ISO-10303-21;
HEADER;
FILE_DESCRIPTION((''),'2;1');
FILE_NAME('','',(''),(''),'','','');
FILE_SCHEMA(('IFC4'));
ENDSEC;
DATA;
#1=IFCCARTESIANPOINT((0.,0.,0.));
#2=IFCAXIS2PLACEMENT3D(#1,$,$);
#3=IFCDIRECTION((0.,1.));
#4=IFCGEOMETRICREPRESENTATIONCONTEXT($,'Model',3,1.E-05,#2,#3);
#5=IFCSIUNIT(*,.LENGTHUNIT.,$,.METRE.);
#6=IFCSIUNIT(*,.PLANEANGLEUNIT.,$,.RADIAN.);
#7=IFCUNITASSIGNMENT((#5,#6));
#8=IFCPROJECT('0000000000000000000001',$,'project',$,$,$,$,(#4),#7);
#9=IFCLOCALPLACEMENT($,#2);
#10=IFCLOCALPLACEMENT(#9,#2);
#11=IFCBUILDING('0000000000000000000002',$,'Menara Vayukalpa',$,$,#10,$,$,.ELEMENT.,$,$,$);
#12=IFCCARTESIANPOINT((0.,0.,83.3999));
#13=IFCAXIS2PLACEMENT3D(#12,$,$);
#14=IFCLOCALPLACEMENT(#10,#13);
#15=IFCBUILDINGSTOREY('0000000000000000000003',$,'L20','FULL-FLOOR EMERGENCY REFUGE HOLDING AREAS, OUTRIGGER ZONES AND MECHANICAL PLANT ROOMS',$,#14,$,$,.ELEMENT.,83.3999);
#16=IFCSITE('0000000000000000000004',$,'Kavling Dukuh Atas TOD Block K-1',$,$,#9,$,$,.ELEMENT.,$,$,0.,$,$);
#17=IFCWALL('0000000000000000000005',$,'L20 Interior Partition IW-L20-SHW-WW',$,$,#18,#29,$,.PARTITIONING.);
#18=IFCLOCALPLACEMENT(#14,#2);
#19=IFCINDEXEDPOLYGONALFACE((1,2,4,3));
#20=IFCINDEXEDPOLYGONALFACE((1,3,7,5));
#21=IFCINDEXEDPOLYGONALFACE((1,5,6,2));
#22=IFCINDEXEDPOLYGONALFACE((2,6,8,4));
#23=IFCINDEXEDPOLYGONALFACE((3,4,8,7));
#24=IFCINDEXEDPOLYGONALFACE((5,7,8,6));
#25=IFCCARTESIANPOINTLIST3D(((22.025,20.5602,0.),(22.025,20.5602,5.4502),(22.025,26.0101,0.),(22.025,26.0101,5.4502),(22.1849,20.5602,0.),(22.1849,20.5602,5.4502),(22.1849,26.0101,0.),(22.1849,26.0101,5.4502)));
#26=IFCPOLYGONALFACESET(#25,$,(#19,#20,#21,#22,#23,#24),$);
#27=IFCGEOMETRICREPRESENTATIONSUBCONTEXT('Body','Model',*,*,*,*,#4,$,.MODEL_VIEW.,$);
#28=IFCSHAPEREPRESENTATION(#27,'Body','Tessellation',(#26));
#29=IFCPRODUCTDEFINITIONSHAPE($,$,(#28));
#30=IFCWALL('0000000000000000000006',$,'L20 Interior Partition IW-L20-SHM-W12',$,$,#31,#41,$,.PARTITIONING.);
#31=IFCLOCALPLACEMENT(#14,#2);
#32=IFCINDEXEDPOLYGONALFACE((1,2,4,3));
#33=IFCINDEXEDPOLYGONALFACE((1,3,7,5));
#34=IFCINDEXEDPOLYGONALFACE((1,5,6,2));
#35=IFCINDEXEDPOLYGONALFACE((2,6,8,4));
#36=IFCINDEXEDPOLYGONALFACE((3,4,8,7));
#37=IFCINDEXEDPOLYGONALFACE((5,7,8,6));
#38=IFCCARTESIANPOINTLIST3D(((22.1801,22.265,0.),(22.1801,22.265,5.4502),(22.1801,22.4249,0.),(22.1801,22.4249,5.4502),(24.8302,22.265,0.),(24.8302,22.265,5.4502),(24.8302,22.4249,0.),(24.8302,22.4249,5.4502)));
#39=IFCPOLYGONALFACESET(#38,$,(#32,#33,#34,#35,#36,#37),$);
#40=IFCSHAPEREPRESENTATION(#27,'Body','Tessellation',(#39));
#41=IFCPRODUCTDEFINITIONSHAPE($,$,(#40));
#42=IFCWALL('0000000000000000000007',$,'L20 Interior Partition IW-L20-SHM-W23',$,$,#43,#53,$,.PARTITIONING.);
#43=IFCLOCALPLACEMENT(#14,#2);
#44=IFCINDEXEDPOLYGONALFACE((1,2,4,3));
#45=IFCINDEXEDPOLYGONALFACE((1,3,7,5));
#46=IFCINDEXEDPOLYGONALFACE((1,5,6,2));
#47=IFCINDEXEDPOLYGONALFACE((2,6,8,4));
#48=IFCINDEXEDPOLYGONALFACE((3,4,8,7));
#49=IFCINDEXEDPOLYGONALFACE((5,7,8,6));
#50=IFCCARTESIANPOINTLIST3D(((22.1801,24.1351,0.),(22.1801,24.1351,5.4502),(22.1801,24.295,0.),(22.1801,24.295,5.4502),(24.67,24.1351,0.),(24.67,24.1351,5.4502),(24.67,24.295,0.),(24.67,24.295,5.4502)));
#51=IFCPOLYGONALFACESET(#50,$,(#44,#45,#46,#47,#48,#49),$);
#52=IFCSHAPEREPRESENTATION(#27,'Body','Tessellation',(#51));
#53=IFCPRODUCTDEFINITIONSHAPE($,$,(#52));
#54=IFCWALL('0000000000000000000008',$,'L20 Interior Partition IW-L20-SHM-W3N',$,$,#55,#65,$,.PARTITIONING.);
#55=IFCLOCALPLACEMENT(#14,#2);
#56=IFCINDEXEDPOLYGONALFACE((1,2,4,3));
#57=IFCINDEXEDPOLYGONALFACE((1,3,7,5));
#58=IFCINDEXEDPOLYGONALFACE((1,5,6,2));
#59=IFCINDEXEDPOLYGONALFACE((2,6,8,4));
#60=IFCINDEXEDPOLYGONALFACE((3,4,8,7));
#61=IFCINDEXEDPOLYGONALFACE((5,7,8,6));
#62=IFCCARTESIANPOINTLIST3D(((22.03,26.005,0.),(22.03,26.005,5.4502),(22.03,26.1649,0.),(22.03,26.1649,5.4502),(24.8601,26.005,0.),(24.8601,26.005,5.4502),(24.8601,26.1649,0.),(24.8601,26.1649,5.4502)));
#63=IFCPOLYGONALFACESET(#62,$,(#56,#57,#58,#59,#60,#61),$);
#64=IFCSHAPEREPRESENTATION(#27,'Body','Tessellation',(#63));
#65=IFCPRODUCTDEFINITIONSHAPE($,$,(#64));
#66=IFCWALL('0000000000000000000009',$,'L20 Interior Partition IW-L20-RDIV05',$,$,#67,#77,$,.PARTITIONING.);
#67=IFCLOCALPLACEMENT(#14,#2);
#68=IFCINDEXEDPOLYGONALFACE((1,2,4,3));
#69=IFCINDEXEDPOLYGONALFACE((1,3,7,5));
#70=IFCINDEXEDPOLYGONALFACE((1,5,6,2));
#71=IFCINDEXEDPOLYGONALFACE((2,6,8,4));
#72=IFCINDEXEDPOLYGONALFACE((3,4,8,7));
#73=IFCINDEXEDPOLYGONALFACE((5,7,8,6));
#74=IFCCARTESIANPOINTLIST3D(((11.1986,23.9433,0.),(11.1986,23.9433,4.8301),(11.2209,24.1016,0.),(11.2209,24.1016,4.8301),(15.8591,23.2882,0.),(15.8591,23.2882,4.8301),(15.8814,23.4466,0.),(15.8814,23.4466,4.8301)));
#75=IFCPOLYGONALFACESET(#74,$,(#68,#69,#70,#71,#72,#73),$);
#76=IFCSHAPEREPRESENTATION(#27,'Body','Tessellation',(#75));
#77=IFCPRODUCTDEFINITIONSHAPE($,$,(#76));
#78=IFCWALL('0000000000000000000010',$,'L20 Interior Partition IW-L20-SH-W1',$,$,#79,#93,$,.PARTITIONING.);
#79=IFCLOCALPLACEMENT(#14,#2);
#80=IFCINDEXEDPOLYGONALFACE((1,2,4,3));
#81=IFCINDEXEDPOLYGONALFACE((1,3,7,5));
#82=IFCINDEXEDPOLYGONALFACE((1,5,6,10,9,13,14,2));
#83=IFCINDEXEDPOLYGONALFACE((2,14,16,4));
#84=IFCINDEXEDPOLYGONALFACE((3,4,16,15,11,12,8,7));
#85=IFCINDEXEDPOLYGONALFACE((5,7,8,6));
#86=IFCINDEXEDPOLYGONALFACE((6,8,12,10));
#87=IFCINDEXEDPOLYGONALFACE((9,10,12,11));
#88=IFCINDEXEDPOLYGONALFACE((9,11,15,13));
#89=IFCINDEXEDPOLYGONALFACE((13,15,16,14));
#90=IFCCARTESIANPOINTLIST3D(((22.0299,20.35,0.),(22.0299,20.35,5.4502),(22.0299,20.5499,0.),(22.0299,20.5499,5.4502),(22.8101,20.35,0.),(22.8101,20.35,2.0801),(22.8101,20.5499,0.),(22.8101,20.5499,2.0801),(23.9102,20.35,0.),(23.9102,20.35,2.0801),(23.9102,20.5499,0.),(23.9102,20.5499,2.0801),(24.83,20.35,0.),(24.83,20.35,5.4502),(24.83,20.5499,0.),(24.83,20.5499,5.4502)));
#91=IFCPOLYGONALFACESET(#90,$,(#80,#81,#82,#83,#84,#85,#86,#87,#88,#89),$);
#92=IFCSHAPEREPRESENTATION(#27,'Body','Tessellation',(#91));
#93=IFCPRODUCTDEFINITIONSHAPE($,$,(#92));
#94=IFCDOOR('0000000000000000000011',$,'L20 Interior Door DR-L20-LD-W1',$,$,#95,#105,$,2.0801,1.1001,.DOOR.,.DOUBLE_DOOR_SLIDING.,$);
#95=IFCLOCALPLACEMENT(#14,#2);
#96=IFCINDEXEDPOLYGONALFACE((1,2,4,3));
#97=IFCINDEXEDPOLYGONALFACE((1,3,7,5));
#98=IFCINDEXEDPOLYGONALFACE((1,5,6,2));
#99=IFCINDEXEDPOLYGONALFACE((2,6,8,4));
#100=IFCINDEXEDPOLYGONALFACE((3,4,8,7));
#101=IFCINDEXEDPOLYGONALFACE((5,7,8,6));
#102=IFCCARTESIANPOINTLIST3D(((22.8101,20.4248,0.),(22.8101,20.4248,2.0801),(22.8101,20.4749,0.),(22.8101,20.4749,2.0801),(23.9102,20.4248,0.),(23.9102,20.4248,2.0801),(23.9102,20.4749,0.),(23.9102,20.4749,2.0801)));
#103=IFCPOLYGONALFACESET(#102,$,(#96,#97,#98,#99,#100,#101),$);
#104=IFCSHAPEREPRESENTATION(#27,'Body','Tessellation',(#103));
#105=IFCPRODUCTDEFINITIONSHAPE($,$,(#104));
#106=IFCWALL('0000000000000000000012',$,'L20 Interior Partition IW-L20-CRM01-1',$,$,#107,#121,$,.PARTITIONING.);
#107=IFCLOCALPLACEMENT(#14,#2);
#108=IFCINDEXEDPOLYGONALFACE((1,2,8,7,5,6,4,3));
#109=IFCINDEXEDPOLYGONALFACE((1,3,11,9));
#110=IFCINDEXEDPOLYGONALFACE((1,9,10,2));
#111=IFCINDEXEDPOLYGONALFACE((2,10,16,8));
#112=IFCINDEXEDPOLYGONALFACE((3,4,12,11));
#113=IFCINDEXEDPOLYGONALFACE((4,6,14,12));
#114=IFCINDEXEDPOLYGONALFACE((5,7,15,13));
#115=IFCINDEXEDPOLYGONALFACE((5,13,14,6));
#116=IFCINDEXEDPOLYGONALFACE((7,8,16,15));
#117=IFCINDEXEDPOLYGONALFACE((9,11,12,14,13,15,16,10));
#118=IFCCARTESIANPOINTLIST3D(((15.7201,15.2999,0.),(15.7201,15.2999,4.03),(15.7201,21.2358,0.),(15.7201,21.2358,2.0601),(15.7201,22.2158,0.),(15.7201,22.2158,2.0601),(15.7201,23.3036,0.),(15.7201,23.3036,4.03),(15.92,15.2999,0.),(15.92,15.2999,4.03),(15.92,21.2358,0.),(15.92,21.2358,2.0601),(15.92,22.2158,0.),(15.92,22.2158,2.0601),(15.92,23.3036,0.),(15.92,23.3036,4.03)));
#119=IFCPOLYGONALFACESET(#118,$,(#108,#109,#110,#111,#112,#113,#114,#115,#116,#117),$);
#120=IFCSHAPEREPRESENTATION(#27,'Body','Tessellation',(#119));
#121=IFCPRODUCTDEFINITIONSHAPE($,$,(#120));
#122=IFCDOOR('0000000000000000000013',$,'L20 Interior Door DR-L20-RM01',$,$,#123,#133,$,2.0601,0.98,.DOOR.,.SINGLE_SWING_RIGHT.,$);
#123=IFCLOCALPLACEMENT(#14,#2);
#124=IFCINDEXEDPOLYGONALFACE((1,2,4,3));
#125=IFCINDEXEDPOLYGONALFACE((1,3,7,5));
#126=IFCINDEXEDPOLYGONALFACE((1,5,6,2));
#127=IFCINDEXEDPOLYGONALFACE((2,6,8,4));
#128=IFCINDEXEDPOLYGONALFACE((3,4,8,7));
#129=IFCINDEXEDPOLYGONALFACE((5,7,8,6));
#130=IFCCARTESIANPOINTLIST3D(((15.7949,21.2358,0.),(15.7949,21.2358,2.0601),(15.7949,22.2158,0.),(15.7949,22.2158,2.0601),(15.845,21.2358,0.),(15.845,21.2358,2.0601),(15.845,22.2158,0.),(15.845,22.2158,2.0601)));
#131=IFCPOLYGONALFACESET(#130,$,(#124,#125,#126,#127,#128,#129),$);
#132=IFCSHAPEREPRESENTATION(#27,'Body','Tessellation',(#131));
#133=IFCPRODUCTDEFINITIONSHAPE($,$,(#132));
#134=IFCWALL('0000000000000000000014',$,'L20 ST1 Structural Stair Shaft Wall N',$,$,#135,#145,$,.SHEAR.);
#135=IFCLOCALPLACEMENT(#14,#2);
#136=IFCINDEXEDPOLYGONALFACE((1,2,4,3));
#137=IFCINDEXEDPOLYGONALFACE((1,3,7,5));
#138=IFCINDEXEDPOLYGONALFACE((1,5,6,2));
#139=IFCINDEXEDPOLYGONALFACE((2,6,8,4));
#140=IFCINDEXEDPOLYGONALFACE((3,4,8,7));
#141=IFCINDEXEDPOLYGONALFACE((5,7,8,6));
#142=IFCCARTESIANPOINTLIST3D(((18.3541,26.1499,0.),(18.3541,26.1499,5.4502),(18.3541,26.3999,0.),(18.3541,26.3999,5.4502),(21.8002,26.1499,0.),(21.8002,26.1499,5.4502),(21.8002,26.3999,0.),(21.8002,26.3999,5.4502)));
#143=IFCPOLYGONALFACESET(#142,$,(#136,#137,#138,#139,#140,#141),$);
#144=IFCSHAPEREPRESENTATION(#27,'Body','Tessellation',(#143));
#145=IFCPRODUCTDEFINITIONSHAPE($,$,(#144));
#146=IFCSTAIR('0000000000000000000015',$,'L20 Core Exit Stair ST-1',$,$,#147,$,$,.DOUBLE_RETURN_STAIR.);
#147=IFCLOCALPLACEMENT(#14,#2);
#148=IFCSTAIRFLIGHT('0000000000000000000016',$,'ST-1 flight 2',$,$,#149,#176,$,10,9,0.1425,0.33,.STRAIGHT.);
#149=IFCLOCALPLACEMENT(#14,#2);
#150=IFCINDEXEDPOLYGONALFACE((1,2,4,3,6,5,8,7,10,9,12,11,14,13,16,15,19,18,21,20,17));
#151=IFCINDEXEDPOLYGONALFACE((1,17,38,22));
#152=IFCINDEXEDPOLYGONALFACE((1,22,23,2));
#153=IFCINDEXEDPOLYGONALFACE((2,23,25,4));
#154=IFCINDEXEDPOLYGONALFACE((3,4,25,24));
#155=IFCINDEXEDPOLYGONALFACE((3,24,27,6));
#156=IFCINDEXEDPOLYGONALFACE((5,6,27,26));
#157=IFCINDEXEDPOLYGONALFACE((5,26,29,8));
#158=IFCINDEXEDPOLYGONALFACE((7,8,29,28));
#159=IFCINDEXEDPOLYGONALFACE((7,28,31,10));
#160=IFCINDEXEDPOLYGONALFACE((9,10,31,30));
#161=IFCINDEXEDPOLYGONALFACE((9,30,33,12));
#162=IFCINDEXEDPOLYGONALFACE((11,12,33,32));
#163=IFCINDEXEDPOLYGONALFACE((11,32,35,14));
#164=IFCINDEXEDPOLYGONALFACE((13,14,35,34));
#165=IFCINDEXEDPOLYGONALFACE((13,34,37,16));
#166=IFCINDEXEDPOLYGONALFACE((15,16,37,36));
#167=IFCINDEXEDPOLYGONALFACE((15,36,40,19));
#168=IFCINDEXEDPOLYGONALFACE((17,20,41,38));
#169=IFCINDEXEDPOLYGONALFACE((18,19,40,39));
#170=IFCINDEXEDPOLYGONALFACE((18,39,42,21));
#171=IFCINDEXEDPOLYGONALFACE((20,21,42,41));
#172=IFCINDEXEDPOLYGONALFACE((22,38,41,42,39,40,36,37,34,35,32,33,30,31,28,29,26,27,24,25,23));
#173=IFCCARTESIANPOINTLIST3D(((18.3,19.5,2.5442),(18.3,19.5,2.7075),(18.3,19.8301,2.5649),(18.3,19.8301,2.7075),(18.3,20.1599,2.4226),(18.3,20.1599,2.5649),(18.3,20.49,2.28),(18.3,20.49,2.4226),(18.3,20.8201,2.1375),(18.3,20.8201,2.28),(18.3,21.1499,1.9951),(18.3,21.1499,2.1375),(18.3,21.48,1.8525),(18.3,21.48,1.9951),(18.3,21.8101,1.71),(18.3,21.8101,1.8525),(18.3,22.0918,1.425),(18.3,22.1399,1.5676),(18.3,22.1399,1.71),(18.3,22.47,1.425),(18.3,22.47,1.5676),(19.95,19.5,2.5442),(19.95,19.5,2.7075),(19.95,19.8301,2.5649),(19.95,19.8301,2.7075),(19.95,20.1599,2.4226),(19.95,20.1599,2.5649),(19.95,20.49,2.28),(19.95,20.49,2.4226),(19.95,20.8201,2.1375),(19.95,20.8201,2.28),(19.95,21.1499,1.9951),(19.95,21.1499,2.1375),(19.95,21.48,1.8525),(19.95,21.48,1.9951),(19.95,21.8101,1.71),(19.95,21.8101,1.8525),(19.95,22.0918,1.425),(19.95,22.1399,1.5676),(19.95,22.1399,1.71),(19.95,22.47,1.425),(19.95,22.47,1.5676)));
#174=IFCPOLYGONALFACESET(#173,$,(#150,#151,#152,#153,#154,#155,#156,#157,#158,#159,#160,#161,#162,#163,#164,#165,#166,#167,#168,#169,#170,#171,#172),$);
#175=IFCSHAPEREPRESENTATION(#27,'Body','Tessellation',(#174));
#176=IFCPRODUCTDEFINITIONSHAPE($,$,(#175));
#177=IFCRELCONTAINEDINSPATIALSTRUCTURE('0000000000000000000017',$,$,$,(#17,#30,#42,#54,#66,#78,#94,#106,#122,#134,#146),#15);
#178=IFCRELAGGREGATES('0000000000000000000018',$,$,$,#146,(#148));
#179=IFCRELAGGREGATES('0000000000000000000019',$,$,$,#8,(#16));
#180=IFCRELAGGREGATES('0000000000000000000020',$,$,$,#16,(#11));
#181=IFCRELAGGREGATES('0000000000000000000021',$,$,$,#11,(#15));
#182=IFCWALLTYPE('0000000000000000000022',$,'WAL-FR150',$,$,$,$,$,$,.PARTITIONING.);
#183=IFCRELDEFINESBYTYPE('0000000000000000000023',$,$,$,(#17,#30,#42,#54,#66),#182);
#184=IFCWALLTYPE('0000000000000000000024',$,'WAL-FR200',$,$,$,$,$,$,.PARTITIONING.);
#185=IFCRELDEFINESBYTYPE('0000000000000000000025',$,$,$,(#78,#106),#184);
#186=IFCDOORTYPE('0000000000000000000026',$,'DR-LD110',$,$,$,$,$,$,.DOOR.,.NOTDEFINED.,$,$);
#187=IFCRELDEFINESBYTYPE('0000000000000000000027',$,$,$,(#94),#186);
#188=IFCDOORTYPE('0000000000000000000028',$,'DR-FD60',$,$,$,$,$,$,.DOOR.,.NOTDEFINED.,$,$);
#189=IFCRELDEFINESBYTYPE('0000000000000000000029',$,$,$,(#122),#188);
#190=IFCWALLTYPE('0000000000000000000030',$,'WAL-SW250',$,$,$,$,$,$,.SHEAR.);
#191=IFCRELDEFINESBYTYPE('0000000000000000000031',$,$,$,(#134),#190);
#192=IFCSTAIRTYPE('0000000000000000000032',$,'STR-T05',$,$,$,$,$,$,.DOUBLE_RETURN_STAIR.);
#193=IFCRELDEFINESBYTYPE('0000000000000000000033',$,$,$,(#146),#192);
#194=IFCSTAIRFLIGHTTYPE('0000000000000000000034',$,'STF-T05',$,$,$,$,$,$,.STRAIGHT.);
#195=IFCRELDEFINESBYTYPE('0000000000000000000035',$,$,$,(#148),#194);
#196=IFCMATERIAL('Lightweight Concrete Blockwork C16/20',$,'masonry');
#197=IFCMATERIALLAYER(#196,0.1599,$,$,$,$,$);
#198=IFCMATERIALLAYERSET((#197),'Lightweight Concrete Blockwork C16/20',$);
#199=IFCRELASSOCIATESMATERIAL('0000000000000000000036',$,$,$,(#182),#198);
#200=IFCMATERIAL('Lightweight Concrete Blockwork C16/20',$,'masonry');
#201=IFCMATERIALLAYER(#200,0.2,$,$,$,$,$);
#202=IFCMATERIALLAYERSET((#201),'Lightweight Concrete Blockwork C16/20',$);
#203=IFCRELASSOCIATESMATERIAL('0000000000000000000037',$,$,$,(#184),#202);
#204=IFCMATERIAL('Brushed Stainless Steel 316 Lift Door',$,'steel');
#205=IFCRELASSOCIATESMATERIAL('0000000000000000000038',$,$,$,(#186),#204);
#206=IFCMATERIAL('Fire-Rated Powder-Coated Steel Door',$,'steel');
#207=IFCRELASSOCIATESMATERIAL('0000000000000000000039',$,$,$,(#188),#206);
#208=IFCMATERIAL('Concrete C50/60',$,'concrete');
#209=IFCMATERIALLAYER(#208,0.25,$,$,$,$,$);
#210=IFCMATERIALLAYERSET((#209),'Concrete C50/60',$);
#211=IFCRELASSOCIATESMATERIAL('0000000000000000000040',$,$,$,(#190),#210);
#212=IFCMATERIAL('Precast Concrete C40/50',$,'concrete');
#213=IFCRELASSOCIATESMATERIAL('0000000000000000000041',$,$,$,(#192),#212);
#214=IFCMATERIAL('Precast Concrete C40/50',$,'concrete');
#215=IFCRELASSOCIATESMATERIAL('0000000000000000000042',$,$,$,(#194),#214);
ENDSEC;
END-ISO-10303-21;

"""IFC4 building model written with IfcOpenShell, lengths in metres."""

from ifc_helpers import new_model, si_unit, direction, frame, frame_2d, origin, place, context, subcontext, project, spatial, polyline, rectangle, outline, extrude, material, layer, layer_set, type_object, element, fill, aggregate, save


model = new_model("IFC4")

# Units and contexts
model_context = context("Model", 3, precision=1e-05, world=origin(), true_north=direction((0.0, 1.0)))
body_context = subcontext(model_context, "Body", "Model", "MODEL_VIEW")
ifc_project = project(units=[si_unit("LENGTHUNIT", "METRE"), si_unit("PLANEANGLEUNIT", "RADIAN")], contexts=[model_context])

# Site, building, storey
site_placement = place(None, origin())
site = spatial("IfcSite", under=ifc_project, at=site_placement, Name="Kavling Dukuh Atas TOD Block K-1", CompositionType="ELEMENT", RefElevation=0.0)
building_placement = place(site_placement, origin())
building = spatial("IfcBuilding", under=site, at=building_placement, Name="Menara Vayukalpa", CompositionType="ELEMENT")
storey_placement = place(building_placement, frame((0.0, 0.0, 83.3999)))
storey = spatial("IfcBuildingStorey", under=building, at=storey_placement, Name="L20", Description="FULL-FLOOR EMERGENCY REFUGE HOLDING AREAS, OUTRIGGER ZONES AND MECHANICAL PLANT ROOMS", CompositionType="ELEMENT", Elevation=83.3999)

# Walls
ifc_material_1 = material(Name="Lightweight Concrete Blockwork C16/20", Category="masonry")
ifc_layer_1 = layer(ifc_material_1, 0.1599)
ifc_layer_set_1 = layer_set([ifc_layer_1], Name="Lightweight Concrete Blockwork C16/20")
wall_type_1 = type_object("IfcWallType", Name="WAL-FR150", PredefinedType="PARTITIONING", material=ifc_layer_set_1)
wall_1_placement = place(storey_placement, frame((22.105, 20.5601, 0.0), z_axis=(0.0, 0.0, 1.0), x_axis=(0.0, 1.0, 0.0)))
element("IfcWall", 1, at=wall_1_placement, inside=storey, type_object=wall_type_1, Name="L20 Interior Partition IW-L20-SHW-WW", PredefinedType="PARTITIONING", context=body_context, shape_type="SweptSolid", body=[
    extrude(rectangle(XDim=5.45, YDim=0.1599, at=frame_2d((2.7251, 0.0))), origin(), (0.0, 0.0, 1.0), 5.4502),
])
wall_2_placement = place(storey_placement, frame((22.1799, 22.345, 0.0), z_axis=(0.0, 0.0, 1.0), x_axis=(1.0, 0.0, 0.0)))
element("IfcWall", 2, at=wall_2_placement, inside=storey, type_object=wall_type_1, Name="L20 Interior Partition IW-L20-SHM-W12", PredefinedType="PARTITIONING", context=body_context, shape_type="SweptSolid", body=[
    extrude(rectangle(XDim=2.6501, YDim=0.1599, at=frame_2d((1.3252, 0.0))), origin(), (0.0, 0.0, 1.0), 5.4502),
])
wall_3_placement = place(storey_placement, frame((22.1799, 24.2151, 0.0), z_axis=(0.0, 0.0, 1.0), x_axis=(1.0, 0.0, 0.0)))
element("IfcWall", 3, at=wall_3_placement, inside=storey, type_object=wall_type_1, Name="L20 Interior Partition IW-L20-SHM-W23", PredefinedType="PARTITIONING", context=body_context, shape_type="SweptSolid", body=[
    extrude(rectangle(XDim=2.49, YDim=0.1599, at=frame_2d((1.2451, 0.0))), origin(), (0.0, 0.0, 1.0), 5.4502),
])
wall_4_placement = place(storey_placement, frame((22.03, 26.085, 0.0), z_axis=(0.0, 0.0, 1.0), x_axis=(1.0, 0.0, 0.0)))
element("IfcWall", 4, at=wall_4_placement, inside=storey, type_object=wall_type_1, Name="L20 Interior Partition IW-L20-SHM-W3N", PredefinedType="PARTITIONING", context=body_context, shape_type="SweptSolid", body=[
    extrude(rectangle(XDim=2.8301, YDim=0.1599, at=frame_2d((1.415, 0.0))), origin(), (0.0, 0.0, 1.0), 5.4502),
])
wall_5_placement = place(storey_placement, frame((15.8701, 23.3674, 0.0), z_axis=(0.0, 0.0, 1.0), x_axis=(-0.990267, 0.139184, 0.0)))
element("IfcWall", 5, at=wall_5_placement, inside=storey, type_object=wall_type_1, Name="L20 Interior Partition IW-L20-RDIV05", PredefinedType="PARTITIONING", context=body_context, shape_type="SweptSolid", body=[
    extrude(rectangle(XDim=4.7063, YDim=0.1599, at=frame_2d((2.353, 0.0))), origin(), (0.0, 0.0, 1.0), 4.8301),
])

# Walls, openings, doors
ifc_material_2 = material(Name="Lightweight Concrete Blockwork C16/20", Category="masonry")
ifc_layer_2 = layer(ifc_material_2, 0.2)
ifc_layer_set_2 = layer_set([ifc_layer_2], Name="Lightweight Concrete Blockwork C16/20")
wall_type_2 = type_object("IfcWallType", Name="WAL-FR200", PredefinedType="PARTITIONING", material=ifc_layer_set_2)
wall_6_placement = place(storey_placement, frame((22.03, 20.45, 0.0), z_axis=(0.0, 0.0, 1.0), x_axis=(1.0, 0.0, 0.0)))
wall_6 = element("IfcWall", 6, at=wall_6_placement, inside=storey, type_object=wall_type_2, Name="L20 Interior Partition IW-L20-SH-W1", PredefinedType="PARTITIONING", context=body_context, shape_type="SweptSolid", body=[
    extrude(rectangle(XDim=2.8, YDim=0.2, at=frame_2d((1.3999, 0.0))), origin(), (0.0, 0.0, 1.0), 5.4502),
])
opening_1_placement = place(wall_6_placement, frame((0.78, 0.0, 0.0)))
opening_1 = element("IfcOpeningElement", 7, at=opening_1_placement, cuts=wall_6, PredefinedType="OPENING", context=body_context, shape_type="SweptSolid", body=[
    extrude(rectangle(XDim=1.1001, YDim=2.0801, at=frame_2d((0.55, 1.04))), frame((0.0, 0.1099, 0.0), z_axis=(0.0, -1.0, 0.0), x_axis=(1.0, 0.0, 0.0)), (0.0, 0.0, 1.0), 0.22),
])
ifc_material_3 = material(Name="Brushed Stainless Steel 316 Lift Door", Category="steel")
door_type_1 = type_object("IfcDoorType", Name="DR-LD110", OperationType="NOTDEFINED", PredefinedType="DOOR", material=ifc_material_3)
door_1_placement = place(opening_1_placement, origin())
door_1 = element("IfcDoor", 8, at=door_1_placement, inside=storey, type_object=door_type_1, Name="L20 Interior Door DR-L20-LD-W1", OperationType="DOUBLE_DOOR_SLIDING", OverallHeight=2.0801, OverallWidth=1.1001, PredefinedType="DOOR", context=body_context, shape_type="SweptSolid", body=[
    extrude(rectangle(XDim=1.1001, YDim=2.0801, at=frame_2d((0.55, 1.04))), frame((0.0, 0.0249, 0.0), z_axis=(0.0, -1.0, 0.0), x_axis=(1.0, 0.0, 0.0)), (0.0, 0.0, 1.0), 0.05),
])
fill(opening_1, door_1)
wall_7_placement = place(storey_placement, frame((15.8201, 23.3037, 0.0), z_axis=(0.0, 0.0, 1.0), x_axis=(0.0, -1.0, 0.0)))
wall_7 = element("IfcWall", 9, at=wall_7_placement, inside=storey, type_object=wall_type_2, Name="L20 Interior Partition IW-L20-CRM01-1", PredefinedType="PARTITIONING", context=body_context, shape_type="SweptSolid", body=[
    extrude(rectangle(XDim=8.0037, YDim=0.2, at=frame_2d((4.002, 0.0))), origin(), (0.0, 0.0, 1.0), 4.03),
])
opening_2_placement = place(wall_7_placement, frame((1.0879, 0.0, 0.0)))
opening_2 = element("IfcOpeningElement", 10, at=opening_2_placement, cuts=wall_7, PredefinedType="OPENING", context=body_context, shape_type="SweptSolid", body=[
    extrude(rectangle(XDim=0.98, YDim=2.0601, at=frame_2d((0.49, 1.03))), frame((0.0, 0.1099, 0.0), z_axis=(0.0, -1.0, 0.0), x_axis=(1.0, 0.0, 0.0)), (0.0, 0.0, 1.0), 0.22),
])
ifc_material_4 = material(Name="Fire-Rated Powder-Coated Steel Door", Category="steel")
door_type_2 = type_object("IfcDoorType", Name="DR-FD60", OperationType="NOTDEFINED", PredefinedType="DOOR", material=ifc_material_4)
door_2_placement = place(opening_2_placement, origin())
door_2 = element("IfcDoor", 11, at=door_2_placement, inside=storey, type_object=door_type_2, Name="L20 Interior Door DR-L20-RM01", OperationType="SINGLE_SWING_RIGHT", OverallHeight=2.0601, OverallWidth=0.98, PredefinedType="DOOR", context=body_context, shape_type="SweptSolid", body=[
    extrude(rectangle(XDim=0.98, YDim=2.0601, at=frame_2d((0.49, 1.03))), frame((0.0, 0.0249, 0.0), z_axis=(0.0, -1.0, 0.0), x_axis=(1.0, 0.0, 0.0)), (0.0, 0.0, 1.0), 0.05),
])
fill(opening_2, door_2)

# Wall
ifc_material_5 = material(Name="Concrete C50/60", Category="concrete")
ifc_layer_3 = layer(ifc_material_5, 0.25)
ifc_layer_set_3 = layer_set([ifc_layer_3], Name="Concrete C50/60")
wall_type_3 = type_object("IfcWallType", Name="WAL-SW250", PredefinedType="SHEAR", material=ifc_layer_set_3)
wall_8_placement = place(storey_placement, frame((18.354, 26.2749, 0.0), z_axis=(0.0, 0.0, 1.0), x_axis=(1.0, 0.0, 0.0)))
element("IfcWall", 12, at=wall_8_placement, inside=storey, type_object=wall_type_3, Name="L20 ST1 Structural Stair Shaft Wall N", PredefinedType="SHEAR", context=body_context, shape_type="SweptSolid", body=[
    extrude(rectangle(XDim=3.446, YDim=0.25, at=frame_2d((1.7231, 0.0))), origin(), (0.0, 0.0, 1.0), 5.4502),
])

# Stair, stair flight
ifc_material_6 = material(Name="Precast Concrete C40/50", Category="concrete")
stair_type = type_object("IfcStairType", Name="STR-T05", PredefinedType="DOUBLE_RETURN_STAIR", material=ifc_material_6)
stair_placement = place(storey_placement, origin())
stair = element("IfcStair", 13, at=stair_placement, inside=storey, type_object=stair_type, Name="L20 Core Exit Stair ST-1", PredefinedType="DOUBLE_RETURN_STAIR")
ifc_material_7 = material(Name="Precast Concrete C40/50", Category="concrete")
stair_flight_type = type_object("IfcStairFlightType", Name="STF-T05", PredefinedType="STRAIGHT", material=ifc_material_7)
stair_flight_1_placement = place(storey_placement, frame((19.125, 22.47, 1.425), z_axis=(0.0, 0.0, 1.0), x_axis=(0.0, -1.0, 0.0)))
stair_flight_1 = element("IfcStairFlight", 14, at=stair_flight_1_placement, type_object=stair_flight_type, Name="ST-1 flight 2", NumberOfRisers=10, NumberOfTreads=9, PredefinedType="STRAIGHT", RiserHeight=0.1425, TreadLength=0.33, context=body_context, shape_type="SweptSolid", body=[
    extrude(outline(polyline([(0.0, 0.0), (0.0, 0.1426), (0.3301, 0.1426), (0.3301, 0.2849), (0.6599, 0.2849), (0.6599, 0.4275), (0.99, 0.4275), (0.99, 0.5701), (1.3201, 0.5701), (1.3201, 0.7124), (1.6499, 0.7124), (1.6499, 0.855), (1.98, 0.855), (1.98, 0.9976), (2.3101, 0.9976), (2.3101, 1.1399), (2.6399, 1.1399), (2.6399, 1.2825), (2.97, 1.2825), (2.97, 1.425), (2.97, 1.1191), (0.3782, 0.0), (0.0, 0.0)])), frame((0.0, 0.825, 0.0), z_axis=(0.0, -1.0, 0.0), x_axis=(1.0, 0.0, 0.0)), (0.0, 0.0, 1.0), 1.6499),
])
aggregate(stair, [stair_flight_1])

save(model, "model.ifc")
